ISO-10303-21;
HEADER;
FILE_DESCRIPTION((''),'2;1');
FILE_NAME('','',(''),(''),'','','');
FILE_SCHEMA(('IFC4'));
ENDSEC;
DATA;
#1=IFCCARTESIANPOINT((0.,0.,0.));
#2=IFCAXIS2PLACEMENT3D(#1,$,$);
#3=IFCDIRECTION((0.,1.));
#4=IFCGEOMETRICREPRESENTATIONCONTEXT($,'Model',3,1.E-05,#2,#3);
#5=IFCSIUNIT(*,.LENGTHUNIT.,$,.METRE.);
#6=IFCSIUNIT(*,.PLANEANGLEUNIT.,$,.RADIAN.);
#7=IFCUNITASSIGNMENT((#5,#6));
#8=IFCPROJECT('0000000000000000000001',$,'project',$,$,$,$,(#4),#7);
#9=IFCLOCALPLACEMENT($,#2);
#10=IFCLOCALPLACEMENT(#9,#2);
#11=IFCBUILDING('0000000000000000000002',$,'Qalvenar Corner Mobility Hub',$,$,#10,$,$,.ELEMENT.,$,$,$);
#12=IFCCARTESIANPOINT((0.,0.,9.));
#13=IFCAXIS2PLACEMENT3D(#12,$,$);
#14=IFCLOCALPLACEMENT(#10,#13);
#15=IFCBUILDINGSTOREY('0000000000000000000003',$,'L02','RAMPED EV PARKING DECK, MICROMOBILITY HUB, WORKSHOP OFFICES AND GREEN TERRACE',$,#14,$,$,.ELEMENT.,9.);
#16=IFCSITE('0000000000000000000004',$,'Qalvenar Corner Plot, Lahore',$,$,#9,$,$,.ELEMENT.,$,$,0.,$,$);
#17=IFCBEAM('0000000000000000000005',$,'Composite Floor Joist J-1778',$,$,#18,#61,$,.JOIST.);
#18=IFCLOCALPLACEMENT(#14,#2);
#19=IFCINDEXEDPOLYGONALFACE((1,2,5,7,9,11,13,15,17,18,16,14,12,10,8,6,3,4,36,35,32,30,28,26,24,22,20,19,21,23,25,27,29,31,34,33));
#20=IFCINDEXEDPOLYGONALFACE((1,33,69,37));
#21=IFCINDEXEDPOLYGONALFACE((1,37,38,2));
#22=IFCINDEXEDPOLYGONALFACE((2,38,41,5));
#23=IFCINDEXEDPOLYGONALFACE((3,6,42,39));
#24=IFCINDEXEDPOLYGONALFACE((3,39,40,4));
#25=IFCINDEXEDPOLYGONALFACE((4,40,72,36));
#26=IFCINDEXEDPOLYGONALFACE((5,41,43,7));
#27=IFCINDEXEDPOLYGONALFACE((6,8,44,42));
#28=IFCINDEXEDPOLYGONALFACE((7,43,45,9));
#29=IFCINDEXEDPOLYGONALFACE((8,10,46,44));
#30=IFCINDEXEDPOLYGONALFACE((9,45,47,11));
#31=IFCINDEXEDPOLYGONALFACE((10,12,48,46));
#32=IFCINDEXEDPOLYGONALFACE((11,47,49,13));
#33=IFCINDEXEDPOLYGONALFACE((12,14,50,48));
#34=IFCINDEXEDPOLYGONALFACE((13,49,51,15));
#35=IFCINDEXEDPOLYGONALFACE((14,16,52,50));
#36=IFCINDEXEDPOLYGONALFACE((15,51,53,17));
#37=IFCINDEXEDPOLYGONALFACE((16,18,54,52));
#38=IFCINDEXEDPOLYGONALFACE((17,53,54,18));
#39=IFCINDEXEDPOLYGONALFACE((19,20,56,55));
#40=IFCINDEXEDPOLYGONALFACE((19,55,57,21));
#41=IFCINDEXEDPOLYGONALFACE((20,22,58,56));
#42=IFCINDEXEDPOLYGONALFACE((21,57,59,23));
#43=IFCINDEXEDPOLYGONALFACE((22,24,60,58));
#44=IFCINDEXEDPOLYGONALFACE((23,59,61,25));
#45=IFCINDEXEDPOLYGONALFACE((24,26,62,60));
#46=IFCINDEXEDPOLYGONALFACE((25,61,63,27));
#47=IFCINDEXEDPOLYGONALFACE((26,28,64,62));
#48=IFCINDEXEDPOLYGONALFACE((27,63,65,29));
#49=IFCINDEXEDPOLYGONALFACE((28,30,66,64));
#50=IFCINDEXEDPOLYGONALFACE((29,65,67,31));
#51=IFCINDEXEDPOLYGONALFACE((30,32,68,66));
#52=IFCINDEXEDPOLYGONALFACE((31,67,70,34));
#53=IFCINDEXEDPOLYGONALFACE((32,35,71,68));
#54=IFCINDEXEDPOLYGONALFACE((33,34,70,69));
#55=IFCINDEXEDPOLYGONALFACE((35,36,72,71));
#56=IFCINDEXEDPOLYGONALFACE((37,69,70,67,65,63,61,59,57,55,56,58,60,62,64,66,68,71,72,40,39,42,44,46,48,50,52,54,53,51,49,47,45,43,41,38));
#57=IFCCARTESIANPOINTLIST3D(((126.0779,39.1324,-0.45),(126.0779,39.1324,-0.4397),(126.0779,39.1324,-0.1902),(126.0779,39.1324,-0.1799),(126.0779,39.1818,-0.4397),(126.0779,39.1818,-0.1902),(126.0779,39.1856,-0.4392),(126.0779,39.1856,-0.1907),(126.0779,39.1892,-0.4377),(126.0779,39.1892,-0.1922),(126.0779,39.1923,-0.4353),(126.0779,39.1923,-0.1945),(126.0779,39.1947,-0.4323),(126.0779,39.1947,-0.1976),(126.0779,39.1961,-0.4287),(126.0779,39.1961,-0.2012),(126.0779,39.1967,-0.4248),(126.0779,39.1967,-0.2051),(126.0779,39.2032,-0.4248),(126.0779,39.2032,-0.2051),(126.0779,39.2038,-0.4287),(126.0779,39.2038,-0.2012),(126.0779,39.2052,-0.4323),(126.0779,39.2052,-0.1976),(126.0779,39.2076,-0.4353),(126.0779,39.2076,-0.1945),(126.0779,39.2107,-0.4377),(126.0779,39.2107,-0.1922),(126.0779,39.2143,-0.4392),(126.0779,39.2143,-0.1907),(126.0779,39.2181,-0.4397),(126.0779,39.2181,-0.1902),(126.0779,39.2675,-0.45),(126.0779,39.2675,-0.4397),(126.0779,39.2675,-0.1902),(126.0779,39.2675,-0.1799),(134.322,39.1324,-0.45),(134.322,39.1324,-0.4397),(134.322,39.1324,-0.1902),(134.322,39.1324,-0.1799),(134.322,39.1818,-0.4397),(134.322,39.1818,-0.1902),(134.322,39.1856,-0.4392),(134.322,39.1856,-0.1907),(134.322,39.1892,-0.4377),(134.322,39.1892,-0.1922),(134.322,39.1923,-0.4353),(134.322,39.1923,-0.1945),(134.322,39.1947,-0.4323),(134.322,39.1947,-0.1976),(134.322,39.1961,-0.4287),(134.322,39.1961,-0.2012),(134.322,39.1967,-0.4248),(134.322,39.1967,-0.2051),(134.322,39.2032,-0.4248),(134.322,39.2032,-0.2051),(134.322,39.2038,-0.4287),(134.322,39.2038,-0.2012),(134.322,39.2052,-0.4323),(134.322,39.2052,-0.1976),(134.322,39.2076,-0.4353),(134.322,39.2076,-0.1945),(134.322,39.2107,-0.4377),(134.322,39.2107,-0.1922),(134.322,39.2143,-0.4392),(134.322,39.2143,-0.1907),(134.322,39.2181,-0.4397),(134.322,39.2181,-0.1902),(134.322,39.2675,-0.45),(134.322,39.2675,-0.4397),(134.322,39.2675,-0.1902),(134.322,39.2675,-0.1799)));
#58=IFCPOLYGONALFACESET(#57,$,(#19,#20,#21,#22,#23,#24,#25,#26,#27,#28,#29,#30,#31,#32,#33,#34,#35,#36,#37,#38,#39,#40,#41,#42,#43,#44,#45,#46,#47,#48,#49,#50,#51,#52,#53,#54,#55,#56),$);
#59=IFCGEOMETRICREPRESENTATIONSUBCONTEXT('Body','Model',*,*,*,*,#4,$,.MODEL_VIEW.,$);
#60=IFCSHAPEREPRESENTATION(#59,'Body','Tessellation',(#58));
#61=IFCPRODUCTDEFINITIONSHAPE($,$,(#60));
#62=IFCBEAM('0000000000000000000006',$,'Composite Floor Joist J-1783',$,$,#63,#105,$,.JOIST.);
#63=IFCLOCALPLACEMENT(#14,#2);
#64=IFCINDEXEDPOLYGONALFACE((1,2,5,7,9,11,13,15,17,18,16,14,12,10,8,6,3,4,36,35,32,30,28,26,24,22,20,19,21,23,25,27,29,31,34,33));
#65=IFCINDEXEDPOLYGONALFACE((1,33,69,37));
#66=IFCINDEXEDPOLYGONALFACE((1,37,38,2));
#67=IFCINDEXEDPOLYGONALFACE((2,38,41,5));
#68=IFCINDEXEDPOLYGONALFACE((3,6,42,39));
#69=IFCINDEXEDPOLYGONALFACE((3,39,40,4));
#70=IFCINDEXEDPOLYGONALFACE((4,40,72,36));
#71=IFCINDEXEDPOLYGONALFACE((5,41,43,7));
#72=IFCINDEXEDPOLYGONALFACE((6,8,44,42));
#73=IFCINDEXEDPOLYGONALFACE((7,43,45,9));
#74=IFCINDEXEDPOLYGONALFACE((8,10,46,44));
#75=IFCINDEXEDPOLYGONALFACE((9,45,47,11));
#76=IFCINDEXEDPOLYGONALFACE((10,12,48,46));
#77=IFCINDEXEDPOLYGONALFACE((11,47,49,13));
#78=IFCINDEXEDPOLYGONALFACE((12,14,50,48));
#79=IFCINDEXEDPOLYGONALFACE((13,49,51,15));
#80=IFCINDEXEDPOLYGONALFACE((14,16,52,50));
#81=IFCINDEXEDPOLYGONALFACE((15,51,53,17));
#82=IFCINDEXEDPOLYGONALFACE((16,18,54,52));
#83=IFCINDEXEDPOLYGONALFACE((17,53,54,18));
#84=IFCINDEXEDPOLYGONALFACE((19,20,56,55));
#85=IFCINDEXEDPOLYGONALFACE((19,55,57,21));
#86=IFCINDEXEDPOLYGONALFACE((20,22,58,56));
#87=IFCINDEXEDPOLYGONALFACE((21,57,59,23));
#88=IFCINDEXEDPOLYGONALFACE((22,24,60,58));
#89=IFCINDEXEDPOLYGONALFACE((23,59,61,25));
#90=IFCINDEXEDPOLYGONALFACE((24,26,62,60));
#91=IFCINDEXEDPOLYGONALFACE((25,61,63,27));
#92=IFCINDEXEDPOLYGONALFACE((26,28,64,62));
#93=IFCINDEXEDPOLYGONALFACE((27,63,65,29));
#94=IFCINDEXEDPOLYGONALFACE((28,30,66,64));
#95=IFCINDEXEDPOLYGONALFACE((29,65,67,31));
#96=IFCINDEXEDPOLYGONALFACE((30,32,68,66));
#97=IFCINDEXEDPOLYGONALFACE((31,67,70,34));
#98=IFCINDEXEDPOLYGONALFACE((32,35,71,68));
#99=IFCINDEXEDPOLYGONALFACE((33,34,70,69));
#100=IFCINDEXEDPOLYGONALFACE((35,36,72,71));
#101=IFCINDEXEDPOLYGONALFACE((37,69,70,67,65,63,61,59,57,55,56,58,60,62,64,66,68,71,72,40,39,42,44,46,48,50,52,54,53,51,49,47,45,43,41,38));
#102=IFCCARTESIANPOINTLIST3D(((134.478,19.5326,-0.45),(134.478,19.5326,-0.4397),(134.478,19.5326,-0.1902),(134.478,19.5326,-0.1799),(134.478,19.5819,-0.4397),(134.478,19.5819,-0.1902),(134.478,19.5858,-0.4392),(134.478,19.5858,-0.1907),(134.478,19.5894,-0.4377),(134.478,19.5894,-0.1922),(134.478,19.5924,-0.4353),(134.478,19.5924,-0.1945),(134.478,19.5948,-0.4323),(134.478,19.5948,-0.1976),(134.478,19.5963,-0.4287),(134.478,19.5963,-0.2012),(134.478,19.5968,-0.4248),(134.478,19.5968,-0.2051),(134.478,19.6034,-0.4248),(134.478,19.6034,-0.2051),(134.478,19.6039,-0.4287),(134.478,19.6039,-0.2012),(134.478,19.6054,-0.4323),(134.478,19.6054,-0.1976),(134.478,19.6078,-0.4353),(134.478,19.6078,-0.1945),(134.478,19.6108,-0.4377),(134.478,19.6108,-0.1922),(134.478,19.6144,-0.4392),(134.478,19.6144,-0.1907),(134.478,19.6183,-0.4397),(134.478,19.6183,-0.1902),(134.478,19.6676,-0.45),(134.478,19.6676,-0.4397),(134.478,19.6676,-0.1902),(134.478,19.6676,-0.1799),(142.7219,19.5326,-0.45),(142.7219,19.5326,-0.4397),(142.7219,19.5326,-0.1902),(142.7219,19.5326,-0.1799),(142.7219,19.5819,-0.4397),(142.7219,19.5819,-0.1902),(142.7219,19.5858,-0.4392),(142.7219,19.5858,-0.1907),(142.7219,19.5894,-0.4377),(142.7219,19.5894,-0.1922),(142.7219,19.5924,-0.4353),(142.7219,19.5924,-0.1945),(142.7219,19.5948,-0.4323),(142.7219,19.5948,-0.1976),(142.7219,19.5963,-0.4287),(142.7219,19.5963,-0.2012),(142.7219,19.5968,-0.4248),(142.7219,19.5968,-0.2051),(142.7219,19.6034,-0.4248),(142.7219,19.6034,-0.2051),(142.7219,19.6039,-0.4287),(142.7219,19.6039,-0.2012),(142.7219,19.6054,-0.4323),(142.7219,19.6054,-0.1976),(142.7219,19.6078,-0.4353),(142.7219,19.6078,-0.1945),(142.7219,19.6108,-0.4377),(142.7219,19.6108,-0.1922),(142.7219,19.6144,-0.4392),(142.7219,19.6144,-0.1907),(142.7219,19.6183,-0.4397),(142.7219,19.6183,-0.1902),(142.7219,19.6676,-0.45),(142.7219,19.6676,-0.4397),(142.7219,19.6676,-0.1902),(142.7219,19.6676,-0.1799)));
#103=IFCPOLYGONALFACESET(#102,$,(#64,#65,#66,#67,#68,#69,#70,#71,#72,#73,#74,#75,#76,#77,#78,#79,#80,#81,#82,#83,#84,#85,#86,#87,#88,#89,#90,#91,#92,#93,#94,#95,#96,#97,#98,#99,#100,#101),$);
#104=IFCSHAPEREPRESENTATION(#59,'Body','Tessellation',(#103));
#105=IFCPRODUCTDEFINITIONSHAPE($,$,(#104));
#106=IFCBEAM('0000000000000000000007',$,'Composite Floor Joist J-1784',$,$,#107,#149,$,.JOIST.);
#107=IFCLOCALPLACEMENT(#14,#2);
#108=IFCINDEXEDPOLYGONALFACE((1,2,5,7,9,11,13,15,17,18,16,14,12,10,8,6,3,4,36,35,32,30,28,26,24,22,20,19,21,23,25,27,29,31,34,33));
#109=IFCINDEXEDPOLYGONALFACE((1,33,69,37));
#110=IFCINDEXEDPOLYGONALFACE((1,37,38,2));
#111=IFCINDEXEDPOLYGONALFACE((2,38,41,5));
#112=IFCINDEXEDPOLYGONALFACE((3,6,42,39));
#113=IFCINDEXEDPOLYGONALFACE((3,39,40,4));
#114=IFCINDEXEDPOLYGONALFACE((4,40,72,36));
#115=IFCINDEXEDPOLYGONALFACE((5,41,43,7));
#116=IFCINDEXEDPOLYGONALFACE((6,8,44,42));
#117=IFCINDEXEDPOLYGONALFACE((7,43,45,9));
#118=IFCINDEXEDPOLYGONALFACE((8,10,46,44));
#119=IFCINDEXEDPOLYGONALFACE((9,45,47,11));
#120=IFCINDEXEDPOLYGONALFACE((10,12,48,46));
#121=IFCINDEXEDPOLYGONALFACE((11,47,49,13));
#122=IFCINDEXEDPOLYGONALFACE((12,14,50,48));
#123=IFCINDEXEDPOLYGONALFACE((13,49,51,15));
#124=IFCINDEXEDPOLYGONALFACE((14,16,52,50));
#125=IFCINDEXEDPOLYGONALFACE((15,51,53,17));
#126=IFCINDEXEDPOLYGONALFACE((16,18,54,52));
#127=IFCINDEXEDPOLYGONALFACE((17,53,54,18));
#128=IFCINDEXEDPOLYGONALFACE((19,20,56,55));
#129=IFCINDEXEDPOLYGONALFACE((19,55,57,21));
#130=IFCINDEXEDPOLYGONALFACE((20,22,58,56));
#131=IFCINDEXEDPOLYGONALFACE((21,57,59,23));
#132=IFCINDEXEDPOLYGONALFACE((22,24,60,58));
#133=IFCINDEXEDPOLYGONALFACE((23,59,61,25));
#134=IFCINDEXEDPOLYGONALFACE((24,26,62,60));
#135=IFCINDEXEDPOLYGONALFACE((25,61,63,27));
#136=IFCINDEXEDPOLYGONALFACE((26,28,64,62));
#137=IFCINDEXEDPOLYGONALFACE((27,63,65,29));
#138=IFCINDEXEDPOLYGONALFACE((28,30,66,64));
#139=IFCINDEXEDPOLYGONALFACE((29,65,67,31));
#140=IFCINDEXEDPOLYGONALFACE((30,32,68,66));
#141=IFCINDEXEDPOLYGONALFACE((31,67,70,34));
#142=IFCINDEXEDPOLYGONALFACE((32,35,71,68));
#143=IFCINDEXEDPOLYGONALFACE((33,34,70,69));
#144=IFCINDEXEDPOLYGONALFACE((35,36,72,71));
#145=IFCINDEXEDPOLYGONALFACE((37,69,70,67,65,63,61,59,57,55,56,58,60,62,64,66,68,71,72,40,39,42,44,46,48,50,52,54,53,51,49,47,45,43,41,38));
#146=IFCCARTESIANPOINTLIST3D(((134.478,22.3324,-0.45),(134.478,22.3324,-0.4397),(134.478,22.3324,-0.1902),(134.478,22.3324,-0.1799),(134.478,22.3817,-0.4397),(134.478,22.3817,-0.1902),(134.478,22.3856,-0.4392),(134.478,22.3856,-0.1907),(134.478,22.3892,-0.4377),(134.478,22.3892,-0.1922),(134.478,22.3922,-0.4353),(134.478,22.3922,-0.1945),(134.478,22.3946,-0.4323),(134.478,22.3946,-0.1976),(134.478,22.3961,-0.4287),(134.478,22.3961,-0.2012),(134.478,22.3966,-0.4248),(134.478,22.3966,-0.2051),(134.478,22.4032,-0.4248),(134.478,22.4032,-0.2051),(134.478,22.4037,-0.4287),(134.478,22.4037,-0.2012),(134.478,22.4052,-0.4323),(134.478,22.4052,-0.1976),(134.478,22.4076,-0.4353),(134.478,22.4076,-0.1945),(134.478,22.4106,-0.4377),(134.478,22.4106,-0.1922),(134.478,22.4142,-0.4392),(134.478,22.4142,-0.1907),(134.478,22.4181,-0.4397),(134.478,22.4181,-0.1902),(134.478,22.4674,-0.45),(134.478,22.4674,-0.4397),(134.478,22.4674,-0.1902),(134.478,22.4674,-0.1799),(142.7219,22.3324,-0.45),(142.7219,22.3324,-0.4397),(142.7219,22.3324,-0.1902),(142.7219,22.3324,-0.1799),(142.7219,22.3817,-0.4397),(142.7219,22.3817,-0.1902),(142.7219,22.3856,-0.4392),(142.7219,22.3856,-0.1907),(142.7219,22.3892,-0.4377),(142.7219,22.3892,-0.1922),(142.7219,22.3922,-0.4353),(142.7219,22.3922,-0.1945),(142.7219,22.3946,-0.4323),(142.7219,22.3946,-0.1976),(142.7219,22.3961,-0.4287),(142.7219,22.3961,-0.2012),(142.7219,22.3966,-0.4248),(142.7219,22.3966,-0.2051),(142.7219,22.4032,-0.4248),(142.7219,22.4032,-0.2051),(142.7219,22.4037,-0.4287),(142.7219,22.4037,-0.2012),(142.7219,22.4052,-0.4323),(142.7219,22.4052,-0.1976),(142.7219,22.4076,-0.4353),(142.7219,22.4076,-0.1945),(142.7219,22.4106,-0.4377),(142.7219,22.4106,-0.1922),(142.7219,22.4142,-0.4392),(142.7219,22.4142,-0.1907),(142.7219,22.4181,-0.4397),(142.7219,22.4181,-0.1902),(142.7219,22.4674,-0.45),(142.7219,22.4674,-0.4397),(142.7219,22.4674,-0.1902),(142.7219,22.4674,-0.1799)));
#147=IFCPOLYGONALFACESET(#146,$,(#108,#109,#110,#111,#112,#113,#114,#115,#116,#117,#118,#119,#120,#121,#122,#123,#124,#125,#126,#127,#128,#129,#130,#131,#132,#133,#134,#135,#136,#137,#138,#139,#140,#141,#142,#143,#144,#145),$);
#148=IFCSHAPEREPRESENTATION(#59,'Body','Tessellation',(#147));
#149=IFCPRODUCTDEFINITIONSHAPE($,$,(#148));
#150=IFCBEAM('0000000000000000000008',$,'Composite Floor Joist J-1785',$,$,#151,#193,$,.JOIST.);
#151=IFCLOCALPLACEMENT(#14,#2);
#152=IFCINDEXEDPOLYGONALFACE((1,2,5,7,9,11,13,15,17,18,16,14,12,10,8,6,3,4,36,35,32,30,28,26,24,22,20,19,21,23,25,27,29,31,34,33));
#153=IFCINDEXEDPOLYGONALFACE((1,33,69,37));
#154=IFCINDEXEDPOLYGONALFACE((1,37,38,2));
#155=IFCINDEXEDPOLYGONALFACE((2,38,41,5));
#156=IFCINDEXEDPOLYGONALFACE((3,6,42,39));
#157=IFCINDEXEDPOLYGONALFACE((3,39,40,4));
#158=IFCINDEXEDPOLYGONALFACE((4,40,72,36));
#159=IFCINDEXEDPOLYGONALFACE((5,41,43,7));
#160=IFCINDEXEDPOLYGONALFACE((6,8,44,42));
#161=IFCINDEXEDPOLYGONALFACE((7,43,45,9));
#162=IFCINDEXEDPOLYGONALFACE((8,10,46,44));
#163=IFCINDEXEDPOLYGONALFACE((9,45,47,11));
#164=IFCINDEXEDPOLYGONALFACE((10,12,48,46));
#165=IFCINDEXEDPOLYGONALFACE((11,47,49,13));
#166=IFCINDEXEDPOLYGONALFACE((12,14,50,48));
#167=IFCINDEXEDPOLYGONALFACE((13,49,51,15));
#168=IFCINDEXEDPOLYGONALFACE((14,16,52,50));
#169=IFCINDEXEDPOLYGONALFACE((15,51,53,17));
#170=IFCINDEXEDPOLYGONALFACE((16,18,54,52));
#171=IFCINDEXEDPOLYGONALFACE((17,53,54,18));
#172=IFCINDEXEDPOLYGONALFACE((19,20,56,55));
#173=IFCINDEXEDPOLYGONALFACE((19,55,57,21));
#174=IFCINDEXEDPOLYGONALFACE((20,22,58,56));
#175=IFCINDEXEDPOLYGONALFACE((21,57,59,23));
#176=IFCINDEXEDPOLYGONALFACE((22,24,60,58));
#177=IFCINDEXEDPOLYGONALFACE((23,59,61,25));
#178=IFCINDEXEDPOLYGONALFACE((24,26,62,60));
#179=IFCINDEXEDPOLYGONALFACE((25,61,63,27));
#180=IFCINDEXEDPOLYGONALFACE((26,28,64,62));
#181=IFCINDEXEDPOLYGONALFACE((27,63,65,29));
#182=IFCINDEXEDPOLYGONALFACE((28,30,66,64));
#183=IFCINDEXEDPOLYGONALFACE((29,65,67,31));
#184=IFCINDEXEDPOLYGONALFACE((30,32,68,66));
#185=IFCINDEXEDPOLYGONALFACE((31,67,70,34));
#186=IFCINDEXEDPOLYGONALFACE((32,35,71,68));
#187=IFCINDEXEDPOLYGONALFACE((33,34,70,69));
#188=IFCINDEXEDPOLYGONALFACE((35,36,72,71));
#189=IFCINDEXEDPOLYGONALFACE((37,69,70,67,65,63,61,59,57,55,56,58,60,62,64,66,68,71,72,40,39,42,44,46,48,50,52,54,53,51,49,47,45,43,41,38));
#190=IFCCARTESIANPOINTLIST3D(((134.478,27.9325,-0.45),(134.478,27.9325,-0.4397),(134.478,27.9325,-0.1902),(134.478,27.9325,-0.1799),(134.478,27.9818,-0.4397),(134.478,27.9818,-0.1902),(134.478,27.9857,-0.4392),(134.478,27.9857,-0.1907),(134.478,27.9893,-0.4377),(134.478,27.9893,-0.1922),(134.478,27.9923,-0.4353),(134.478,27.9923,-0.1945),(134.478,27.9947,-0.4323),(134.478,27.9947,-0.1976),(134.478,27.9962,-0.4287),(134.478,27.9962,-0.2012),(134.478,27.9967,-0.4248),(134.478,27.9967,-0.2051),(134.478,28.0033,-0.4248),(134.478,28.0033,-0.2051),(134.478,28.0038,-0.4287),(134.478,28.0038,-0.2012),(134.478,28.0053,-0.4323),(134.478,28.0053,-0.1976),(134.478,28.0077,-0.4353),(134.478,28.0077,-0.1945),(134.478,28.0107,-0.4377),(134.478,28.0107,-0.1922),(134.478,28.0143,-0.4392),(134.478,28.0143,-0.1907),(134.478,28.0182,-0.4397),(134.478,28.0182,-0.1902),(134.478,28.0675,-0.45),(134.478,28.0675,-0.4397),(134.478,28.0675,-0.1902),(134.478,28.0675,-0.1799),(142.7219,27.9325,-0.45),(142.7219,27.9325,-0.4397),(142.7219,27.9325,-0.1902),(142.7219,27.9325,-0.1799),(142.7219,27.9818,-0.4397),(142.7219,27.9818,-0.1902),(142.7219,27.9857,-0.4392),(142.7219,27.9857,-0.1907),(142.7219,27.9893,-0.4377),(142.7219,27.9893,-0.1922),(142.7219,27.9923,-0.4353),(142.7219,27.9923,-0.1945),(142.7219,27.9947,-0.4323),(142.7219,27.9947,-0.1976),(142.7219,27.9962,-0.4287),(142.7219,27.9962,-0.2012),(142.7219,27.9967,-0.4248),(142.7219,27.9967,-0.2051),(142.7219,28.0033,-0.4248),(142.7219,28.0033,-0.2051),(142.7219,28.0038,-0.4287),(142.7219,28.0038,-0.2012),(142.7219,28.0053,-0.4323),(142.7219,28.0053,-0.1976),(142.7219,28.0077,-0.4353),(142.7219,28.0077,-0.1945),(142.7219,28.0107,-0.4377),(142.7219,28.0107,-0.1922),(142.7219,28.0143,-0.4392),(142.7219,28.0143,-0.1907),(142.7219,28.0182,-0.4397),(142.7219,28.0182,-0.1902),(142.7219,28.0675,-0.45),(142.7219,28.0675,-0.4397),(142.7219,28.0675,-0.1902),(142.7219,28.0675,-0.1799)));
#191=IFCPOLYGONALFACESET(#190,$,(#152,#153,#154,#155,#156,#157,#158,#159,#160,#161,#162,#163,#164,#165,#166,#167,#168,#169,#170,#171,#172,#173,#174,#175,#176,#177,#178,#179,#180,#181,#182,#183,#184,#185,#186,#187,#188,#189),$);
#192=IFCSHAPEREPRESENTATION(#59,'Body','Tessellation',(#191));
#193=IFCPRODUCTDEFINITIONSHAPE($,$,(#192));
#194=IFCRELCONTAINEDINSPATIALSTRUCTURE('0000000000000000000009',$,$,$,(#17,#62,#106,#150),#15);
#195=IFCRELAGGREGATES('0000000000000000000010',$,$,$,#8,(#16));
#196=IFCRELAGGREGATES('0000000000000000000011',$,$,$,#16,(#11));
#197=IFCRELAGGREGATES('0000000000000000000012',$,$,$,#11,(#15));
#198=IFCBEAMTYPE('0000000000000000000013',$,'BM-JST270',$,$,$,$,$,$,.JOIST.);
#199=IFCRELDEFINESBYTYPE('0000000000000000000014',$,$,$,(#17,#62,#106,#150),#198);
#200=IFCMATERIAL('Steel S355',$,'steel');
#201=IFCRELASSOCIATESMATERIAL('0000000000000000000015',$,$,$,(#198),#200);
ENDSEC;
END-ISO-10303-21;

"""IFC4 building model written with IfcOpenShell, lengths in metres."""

from ifc_helpers import new_model, si_unit, direction, frame, origin, origin_2d, place, context, subcontext, project, spatial, i_section, extrude, material, material_profile, profile_set, type_object, element, save


model = new_model("IFC4")

# Units and contexts
model_context = context("Model", 3, precision=1e-05, world=origin(), true_north=direction((0.0, 1.0)))
body_context = subcontext(model_context, "Body", "Model", "MODEL_VIEW")
ifc_project = project(units=[si_unit("LENGTHUNIT", "METRE"), si_unit("PLANEANGLEUNIT", "RADIAN")], contexts=[model_context])

# Site, building, storey
site_placement = place(None, origin())
site = spatial("IfcSite", under=ifc_project, at=site_placement, Name="Qalvenar Corner Plot, Lahore", CompositionType="ELEMENT", RefElevation=0.0)
building_placement = place(site_placement, origin())
building = spatial("IfcBuilding", under=site, at=building_placement, Name="Qalvenar Corner Mobility Hub", CompositionType="ELEMENT")
storey_placement = place(building_placement, frame((0.0, 0.0, 9.0)))
storey = spatial("IfcBuildingStorey", under=building, at=storey_placement, Name="L02", Description="RAMPED EV PARKING DECK, MICROMOBILITY HUB, WORKSHOP OFFICES AND GREEN TERRACE", CompositionType="ELEMENT", Elevation=9.0)

# Shared definitions
ifc_material_1 = material(Name="Steel S355", Category="steel")

# Beams
ifc_material_profile_1 = material_profile(ifc_material_1, i_section(OverallWidth=0.135, OverallDepth=0.27, WebThickness=0.0066, FlangeThickness=0.0103, FilletRadius=0.0149, at=origin_2d()), Name="IPE270")
ifc_profile_set_1 = profile_set([ifc_material_profile_1], Name="Steel S355")
beam_type_1 = type_object("IfcBeamType", Name="BM-JST270", PredefinedType="JOIST", material=ifc_profile_set_1)
for number, where, z_axis, x_axis, name in (
    (1, (126.0779, 39.2, -0.3149), (1.0, 0.0, 0.0), (0.0, 1.0, 0.0), "Composite Floor Joist J-1778"),
):
    element("IfcBeam", number, at=place(storey_placement, frame(where, z_axis=z_axis, x_axis=x_axis)), inside=storey, type_object=beam_type_1, Name=name, PredefinedType="JOIST", context=body_context, shape_type="SweptSolid", body=[
        extrude(i_section(OverallWidth=0.135, OverallDepth=0.27, WebThickness=0.0066, FlangeThickness=0.0103, FilletRadius=0.0149, at=origin_2d()), origin(), (0.0, 0.0, 1.0), 8.2441),
    ])
for number, where, z_axis, x_axis, name in (
    (2, (134.478, 19.6001, -0.3149), (1.0, 0.0, 0.0), (0.0, 1.0, 0.0), "Composite Floor Joist J-1783"),
    (3, (134.478, 22.3999, -0.3149), (1.0, 0.0, 0.0), (0.0, 1.0, 0.0), "Composite Floor Joist J-1784"),
    (4, (134.478, 28.0, -0.3149), (1.0, 0.0, 0.0), (0.0, 1.0, 0.0), "Composite Floor Joist J-1785"),
):
    element("IfcBeam", number, at=place(storey_placement, frame(where, z_axis=z_axis, x_axis=x_axis)), inside=storey, type_object=beam_type_1, Name=name, PredefinedType="JOIST", context=body_context, shape_type="SweptSolid", body=[
        extrude(i_section(OverallWidth=0.135, OverallDepth=0.27, WebThickness=0.0066, FlangeThickness=0.0103, FilletRadius=0.0149, at=origin_2d()), origin(), (0.0, 0.0, 1.0), 8.2439),
    ])

save(model, "model.ifc")
